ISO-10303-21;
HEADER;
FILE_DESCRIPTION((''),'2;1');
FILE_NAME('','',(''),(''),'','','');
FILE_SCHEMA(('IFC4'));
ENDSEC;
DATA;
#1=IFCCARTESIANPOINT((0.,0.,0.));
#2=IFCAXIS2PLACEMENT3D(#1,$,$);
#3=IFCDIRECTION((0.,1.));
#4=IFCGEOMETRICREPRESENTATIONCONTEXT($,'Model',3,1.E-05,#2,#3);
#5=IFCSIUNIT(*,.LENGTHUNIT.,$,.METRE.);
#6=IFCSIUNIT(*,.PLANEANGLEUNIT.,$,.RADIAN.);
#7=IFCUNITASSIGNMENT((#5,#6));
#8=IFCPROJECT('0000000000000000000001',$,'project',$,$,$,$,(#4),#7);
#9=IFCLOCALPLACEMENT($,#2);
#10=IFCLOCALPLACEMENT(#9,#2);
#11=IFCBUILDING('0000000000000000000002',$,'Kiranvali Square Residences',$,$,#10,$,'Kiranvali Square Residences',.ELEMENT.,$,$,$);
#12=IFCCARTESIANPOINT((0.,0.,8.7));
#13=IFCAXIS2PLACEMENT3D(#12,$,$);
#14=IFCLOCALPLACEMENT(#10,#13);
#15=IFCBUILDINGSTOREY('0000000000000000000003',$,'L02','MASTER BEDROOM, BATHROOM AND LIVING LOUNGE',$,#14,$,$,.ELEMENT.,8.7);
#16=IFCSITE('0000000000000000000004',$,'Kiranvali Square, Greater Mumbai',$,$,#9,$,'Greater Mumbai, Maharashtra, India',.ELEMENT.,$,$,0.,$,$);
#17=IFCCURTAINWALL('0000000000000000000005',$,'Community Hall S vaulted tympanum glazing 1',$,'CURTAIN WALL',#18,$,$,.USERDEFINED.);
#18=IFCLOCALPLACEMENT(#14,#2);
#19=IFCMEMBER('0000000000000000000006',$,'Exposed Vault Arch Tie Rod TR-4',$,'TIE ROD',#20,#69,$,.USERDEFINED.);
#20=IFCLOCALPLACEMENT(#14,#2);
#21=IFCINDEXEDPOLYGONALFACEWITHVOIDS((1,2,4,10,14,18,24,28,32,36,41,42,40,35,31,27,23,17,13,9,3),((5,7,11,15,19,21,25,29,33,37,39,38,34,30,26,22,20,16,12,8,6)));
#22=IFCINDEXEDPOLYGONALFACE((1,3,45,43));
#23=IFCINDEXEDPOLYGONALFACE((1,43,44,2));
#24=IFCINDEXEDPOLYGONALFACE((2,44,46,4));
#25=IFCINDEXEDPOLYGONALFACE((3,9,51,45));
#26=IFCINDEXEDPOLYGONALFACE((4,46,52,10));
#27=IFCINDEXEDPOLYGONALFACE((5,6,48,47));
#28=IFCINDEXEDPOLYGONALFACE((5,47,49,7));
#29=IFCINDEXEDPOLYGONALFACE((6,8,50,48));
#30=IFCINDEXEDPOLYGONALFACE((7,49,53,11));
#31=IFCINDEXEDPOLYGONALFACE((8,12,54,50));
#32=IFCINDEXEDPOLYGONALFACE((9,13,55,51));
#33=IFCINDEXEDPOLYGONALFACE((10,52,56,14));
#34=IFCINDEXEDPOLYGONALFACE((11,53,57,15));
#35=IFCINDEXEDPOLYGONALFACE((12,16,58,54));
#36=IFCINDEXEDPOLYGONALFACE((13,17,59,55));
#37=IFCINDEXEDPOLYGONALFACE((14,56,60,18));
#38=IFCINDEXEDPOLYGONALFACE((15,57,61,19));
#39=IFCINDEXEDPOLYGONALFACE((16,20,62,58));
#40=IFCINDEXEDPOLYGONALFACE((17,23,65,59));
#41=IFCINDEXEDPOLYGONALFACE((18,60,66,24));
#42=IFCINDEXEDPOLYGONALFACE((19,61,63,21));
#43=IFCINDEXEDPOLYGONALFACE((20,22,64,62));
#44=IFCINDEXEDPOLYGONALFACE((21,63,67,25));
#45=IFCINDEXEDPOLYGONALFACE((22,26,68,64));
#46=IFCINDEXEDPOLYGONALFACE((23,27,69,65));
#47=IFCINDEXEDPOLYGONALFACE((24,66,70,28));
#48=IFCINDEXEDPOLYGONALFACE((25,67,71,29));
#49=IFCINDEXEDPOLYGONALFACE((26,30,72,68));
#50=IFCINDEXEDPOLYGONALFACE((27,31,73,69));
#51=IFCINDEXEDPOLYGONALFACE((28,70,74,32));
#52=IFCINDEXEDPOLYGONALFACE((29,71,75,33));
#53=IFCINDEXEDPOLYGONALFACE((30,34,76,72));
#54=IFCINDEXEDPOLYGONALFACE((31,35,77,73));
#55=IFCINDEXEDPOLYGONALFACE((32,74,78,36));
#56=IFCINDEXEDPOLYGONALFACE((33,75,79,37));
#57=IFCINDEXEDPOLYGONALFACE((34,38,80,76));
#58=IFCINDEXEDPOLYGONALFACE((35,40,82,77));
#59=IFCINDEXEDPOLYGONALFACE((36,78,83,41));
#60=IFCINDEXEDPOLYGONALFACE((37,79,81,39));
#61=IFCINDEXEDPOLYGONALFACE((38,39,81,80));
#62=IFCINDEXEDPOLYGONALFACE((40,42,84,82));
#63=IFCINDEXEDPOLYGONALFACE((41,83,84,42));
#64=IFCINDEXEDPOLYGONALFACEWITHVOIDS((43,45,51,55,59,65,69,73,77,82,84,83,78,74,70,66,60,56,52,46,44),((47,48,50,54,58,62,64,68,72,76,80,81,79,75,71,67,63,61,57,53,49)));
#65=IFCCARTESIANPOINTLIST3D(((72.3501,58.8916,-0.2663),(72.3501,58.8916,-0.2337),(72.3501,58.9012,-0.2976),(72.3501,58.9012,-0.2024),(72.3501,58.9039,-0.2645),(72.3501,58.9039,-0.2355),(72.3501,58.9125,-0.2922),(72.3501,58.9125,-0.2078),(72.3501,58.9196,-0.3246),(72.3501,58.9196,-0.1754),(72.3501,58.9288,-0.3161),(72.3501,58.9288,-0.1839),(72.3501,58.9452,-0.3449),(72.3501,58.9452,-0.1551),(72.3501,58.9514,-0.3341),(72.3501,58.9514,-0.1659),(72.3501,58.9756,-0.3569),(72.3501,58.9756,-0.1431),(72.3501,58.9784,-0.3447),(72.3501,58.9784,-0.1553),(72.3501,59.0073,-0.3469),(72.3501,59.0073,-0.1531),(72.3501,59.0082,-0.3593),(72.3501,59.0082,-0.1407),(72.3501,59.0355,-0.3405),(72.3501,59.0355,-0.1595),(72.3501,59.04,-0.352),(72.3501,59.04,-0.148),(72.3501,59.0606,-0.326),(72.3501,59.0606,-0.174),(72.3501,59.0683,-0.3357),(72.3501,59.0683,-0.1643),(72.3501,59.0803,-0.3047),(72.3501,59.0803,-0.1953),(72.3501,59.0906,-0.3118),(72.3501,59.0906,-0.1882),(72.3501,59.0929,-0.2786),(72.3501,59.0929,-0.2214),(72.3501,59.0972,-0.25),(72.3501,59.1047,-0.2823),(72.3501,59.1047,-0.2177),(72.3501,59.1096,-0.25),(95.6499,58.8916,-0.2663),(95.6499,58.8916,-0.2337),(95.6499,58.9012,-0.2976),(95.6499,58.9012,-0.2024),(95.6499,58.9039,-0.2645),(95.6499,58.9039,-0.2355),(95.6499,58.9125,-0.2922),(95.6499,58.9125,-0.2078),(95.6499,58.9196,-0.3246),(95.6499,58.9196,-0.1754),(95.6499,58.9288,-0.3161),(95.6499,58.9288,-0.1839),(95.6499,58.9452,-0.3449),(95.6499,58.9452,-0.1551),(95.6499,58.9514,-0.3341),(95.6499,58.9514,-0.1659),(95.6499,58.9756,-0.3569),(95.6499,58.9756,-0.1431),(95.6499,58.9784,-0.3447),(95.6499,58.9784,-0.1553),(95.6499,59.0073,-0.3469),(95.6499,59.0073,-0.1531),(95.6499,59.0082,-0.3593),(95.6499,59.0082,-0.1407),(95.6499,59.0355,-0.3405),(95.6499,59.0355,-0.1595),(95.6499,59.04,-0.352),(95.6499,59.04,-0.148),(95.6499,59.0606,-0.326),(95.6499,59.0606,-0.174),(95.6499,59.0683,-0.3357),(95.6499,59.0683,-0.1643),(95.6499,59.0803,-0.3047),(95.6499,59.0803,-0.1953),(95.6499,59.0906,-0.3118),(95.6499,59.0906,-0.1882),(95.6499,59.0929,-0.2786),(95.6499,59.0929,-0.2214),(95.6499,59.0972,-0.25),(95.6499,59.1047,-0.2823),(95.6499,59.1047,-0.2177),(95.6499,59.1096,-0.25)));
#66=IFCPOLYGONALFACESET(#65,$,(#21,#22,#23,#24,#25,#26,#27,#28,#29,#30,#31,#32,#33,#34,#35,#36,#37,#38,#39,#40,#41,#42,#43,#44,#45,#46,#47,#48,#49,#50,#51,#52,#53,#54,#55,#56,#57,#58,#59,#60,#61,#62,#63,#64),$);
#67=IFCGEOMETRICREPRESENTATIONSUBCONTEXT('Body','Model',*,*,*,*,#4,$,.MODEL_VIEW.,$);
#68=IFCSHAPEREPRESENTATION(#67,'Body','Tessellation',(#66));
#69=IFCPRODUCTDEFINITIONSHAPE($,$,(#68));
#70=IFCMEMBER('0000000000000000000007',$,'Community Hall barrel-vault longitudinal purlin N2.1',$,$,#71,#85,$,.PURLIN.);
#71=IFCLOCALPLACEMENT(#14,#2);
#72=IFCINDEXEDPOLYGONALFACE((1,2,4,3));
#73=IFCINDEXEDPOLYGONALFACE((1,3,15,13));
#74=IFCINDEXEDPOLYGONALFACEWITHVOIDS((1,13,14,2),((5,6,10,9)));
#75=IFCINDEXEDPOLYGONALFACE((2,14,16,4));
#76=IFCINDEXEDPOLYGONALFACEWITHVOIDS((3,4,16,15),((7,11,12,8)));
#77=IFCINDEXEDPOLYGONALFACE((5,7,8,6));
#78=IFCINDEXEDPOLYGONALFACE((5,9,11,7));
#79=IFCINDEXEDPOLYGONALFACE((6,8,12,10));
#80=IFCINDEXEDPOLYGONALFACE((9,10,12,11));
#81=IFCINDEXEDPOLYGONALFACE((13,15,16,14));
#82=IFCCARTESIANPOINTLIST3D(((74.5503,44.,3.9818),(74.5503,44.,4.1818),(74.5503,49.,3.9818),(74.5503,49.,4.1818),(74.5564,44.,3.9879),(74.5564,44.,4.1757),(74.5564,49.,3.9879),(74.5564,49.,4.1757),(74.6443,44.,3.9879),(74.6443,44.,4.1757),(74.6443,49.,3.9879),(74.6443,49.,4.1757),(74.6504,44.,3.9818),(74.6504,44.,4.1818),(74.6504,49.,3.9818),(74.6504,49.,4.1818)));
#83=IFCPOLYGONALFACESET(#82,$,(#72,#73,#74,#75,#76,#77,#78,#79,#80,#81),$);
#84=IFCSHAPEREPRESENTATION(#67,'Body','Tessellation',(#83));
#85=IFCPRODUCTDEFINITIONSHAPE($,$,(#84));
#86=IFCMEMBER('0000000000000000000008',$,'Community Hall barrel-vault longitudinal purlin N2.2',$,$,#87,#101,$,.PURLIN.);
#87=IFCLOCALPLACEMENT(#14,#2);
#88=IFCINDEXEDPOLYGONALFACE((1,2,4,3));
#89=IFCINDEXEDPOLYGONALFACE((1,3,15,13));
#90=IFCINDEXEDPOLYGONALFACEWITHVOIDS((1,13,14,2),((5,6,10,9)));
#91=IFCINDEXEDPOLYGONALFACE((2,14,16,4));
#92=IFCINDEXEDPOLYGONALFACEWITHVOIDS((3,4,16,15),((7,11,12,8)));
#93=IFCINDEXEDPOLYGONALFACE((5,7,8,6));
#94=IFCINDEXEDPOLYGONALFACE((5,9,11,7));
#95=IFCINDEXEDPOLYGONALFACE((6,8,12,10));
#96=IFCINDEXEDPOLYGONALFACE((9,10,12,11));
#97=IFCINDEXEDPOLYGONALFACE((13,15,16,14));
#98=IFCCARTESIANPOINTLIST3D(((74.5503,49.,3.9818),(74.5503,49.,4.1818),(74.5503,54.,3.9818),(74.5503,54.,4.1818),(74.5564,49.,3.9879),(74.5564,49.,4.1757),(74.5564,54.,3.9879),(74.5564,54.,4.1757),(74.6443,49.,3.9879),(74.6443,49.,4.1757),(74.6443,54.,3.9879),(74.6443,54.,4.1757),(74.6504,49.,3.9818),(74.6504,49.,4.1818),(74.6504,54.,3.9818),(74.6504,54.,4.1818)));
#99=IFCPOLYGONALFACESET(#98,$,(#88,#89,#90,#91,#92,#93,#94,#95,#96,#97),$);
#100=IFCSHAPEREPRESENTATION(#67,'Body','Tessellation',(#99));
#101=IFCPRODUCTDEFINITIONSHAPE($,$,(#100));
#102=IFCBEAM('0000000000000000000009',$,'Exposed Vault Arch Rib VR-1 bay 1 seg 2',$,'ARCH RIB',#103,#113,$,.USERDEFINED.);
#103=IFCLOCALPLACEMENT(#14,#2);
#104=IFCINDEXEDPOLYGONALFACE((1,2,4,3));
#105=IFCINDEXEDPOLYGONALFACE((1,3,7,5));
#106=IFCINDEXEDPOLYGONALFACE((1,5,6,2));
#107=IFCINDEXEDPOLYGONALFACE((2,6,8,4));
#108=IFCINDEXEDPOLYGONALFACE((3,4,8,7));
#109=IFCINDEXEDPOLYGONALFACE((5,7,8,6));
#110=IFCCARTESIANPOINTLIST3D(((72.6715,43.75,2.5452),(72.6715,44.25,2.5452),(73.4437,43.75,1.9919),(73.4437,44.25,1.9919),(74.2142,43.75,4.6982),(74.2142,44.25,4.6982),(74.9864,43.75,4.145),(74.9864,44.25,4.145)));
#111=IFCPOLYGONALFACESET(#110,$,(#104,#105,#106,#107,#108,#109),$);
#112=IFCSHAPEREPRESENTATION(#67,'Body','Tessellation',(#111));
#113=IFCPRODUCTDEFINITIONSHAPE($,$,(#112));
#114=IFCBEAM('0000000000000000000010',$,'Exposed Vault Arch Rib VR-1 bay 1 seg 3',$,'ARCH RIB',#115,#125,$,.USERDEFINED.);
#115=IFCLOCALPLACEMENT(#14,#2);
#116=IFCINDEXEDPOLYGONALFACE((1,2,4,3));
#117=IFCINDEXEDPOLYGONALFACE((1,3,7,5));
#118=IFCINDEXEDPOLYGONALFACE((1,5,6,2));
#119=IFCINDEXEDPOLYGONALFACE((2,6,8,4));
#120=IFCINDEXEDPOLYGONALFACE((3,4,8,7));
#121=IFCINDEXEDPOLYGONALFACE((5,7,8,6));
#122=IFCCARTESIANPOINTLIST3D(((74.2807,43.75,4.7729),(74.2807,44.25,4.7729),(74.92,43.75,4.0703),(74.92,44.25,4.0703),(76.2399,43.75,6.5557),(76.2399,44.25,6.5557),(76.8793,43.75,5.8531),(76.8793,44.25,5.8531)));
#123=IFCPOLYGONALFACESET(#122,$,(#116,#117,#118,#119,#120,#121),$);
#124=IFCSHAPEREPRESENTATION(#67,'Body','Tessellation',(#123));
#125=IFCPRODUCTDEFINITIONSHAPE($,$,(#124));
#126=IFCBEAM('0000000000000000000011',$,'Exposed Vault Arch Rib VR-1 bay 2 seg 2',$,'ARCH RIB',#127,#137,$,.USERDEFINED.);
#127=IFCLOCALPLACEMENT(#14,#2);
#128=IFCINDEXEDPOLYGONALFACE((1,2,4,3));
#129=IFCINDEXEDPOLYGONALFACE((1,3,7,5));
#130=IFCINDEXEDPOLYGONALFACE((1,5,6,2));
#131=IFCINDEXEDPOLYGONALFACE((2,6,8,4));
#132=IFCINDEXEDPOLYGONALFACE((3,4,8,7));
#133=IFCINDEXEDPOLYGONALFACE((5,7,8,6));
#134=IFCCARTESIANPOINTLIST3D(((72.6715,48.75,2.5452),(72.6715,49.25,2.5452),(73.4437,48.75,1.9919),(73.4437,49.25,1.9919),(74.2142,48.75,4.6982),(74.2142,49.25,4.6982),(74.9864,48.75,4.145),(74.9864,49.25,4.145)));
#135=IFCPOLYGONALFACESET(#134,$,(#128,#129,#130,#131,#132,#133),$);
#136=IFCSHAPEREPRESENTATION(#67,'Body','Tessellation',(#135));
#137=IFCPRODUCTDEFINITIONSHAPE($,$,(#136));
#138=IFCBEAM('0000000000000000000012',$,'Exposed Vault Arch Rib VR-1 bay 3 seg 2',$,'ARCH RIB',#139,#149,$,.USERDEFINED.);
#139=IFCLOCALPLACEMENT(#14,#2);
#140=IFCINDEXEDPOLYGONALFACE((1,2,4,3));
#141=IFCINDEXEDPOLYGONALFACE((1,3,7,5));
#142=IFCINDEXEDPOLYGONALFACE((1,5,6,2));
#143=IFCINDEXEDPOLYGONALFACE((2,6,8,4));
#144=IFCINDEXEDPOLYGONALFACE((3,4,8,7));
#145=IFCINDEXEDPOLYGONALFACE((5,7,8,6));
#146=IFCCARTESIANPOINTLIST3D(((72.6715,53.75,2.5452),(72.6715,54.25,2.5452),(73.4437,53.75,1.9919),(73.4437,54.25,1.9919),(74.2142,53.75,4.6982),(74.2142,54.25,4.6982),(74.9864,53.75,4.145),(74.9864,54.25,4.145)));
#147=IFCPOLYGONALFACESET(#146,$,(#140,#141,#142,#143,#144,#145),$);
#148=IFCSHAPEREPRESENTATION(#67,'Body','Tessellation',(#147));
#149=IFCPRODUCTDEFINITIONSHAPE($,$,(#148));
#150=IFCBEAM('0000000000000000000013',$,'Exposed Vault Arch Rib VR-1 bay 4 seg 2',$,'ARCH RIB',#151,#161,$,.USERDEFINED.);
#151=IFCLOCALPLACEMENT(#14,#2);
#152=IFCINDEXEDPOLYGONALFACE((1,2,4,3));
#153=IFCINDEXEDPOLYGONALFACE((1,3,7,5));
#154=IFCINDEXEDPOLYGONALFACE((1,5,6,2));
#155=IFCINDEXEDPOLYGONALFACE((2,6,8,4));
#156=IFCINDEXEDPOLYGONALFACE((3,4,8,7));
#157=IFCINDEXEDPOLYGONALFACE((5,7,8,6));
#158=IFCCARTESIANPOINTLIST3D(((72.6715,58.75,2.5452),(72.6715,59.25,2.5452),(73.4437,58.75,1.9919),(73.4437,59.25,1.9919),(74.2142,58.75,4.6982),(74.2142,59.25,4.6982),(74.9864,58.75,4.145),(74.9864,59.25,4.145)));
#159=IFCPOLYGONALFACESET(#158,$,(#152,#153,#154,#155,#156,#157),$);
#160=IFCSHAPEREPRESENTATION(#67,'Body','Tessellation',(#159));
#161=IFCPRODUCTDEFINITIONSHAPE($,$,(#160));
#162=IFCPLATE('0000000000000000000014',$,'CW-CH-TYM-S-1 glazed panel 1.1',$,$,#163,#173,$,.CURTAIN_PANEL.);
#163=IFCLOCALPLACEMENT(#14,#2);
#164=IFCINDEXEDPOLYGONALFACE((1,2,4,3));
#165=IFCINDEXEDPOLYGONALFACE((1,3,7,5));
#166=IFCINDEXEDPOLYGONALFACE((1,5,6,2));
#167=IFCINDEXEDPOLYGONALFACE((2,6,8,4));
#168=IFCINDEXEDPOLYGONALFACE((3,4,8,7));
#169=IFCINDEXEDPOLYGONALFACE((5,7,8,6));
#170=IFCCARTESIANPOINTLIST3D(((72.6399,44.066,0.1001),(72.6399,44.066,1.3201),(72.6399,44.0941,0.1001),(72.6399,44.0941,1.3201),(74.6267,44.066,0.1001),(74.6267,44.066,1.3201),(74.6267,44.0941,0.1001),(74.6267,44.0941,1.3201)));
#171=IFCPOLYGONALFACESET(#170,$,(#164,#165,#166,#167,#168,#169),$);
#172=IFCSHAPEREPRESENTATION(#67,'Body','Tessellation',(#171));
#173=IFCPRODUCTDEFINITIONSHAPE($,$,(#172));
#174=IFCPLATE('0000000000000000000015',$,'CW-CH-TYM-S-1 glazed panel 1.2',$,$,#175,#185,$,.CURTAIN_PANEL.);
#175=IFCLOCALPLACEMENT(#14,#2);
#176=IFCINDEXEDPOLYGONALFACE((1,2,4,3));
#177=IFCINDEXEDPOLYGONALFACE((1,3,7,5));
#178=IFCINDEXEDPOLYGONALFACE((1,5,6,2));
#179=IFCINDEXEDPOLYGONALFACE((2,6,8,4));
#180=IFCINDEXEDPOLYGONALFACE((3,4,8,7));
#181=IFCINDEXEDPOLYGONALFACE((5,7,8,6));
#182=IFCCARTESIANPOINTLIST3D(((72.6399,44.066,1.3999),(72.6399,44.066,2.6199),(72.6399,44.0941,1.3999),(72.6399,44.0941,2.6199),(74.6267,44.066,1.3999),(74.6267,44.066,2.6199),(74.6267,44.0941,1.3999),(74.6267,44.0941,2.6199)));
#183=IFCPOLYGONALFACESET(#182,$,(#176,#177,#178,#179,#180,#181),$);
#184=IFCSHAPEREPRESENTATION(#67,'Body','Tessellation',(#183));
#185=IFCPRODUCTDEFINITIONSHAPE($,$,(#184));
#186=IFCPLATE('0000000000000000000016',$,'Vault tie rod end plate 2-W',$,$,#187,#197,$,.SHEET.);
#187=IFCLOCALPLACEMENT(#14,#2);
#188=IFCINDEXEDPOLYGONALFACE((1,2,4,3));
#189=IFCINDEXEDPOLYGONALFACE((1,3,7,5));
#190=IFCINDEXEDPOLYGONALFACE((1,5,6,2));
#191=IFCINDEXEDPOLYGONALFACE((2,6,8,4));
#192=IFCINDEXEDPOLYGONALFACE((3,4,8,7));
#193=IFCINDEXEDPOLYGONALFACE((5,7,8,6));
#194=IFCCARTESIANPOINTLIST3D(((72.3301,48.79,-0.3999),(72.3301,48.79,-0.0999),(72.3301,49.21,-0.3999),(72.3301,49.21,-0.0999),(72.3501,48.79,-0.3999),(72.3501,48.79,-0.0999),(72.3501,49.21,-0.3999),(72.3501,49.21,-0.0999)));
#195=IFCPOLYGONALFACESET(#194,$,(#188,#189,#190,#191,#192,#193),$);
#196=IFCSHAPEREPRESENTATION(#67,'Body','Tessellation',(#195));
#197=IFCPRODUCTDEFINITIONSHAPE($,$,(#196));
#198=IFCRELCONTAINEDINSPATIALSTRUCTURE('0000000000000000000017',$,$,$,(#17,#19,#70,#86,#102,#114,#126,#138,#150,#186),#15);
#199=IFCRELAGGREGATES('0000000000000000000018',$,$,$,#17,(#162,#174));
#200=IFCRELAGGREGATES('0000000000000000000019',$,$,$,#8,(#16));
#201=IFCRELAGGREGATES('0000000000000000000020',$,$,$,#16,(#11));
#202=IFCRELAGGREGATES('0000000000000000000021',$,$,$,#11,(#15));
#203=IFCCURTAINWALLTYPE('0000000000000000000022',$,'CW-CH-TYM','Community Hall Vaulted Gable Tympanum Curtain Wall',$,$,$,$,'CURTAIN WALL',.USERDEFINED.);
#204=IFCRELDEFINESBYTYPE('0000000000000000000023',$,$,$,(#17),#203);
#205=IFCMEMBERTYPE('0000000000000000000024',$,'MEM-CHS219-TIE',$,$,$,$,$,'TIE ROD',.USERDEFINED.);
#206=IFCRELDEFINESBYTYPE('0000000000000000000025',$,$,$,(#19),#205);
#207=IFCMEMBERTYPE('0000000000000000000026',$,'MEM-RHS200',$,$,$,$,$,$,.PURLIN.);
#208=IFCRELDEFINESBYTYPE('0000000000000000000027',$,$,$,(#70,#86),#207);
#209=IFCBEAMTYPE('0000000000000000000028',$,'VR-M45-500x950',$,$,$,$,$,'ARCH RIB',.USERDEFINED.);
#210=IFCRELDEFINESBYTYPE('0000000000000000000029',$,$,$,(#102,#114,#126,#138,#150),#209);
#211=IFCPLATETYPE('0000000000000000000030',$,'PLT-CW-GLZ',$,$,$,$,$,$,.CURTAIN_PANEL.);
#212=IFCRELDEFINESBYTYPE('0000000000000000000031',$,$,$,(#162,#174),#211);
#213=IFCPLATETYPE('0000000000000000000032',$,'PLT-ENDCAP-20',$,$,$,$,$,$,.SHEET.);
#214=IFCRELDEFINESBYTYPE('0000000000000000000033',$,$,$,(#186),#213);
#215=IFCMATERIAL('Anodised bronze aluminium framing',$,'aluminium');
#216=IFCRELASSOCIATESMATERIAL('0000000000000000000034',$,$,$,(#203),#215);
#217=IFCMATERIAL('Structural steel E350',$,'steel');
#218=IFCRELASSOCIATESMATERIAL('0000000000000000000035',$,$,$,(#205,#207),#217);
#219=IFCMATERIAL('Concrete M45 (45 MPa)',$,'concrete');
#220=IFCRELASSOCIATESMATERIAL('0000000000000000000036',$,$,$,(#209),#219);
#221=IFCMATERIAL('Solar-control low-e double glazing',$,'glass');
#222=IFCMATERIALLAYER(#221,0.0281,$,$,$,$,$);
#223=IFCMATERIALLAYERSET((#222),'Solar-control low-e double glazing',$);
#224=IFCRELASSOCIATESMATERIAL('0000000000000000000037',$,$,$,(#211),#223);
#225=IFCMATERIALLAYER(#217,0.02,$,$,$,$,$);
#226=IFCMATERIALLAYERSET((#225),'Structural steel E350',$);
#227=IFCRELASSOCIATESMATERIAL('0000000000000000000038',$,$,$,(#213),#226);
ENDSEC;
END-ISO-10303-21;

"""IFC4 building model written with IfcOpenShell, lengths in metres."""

from ifc_helpers import new_model, si_unit, direction, frame, origin, origin_2d, place, context, subcontext, project, spatial, rectangle, hollow_rectangle, hollow_circle, extrude, material, layer, layer_set, material_profile, profile_set, type_object, element, aggregate, save


model = new_model("IFC4")

# Units and contexts
model_context = context("Model", 3, precision=1e-05, world=origin(), true_north=direction((0.0, 1.0)))
body_context = subcontext(model_context, "Body", "Model", "MODEL_VIEW")
ifc_project = project(units=[si_unit("LENGTHUNIT", "METRE"), si_unit("PLANEANGLEUNIT", "RADIAN")], contexts=[model_context])

# Site, building, storey
site_placement = place(None, origin())
site = spatial("IfcSite", under=ifc_project, at=site_placement, Name="Kiranvali Square, Greater Mumbai", LongName="Greater Mumbai, Maharashtra, India", CompositionType="ELEMENT", RefElevation=0.0)
building_placement = place(site_placement, origin())
building = spatial("IfcBuilding", under=site, at=building_placement, Name="Kiranvali Square Residences", LongName="Kiranvali Square Residences", CompositionType="ELEMENT")
storey_placement = place(building_placement, frame((0.0, 0.0, 8.7)))
storey = spatial("IfcBuildingStorey", under=building, at=storey_placement, Name="L02", Description="MASTER BEDROOM, BATHROOM AND LIVING LOUNGE", CompositionType="ELEMENT", Elevation=8.7)

# Curtain wall
ifc_material_1 = material(Name="Anodised bronze aluminium framing", Category="aluminium")
curtain_wall_type = type_object("IfcCurtainWallType", Name="CW-CH-TYM", Description="Community Hall Vaulted Gable Tympanum Curtain Wall", ElementType="CURTAIN WALL", PredefinedType="USERDEFINED", material=ifc_material_1)
curtain_wall_placement = place(storey_placement, origin())
curtain_wall = element("IfcCurtainWall", 1, at=curtain_wall_placement, inside=storey, type_object=curtain_wall_type, Name="Community Hall S vaulted tympanum glazing 1", ObjectType="CURTAIN WALL", PredefinedType="USERDEFINED")

# Members
ifc_material_2 = material(Name="Structural steel E350", Category="steel")
ifc_material_profile_1 = material_profile(ifc_material_2, hollow_circle(Radius=0.1096, WallThickness=0.0125, at=origin_2d()), Name="CHS 219.1x12.5")
ifc_profile_set_1 = profile_set([ifc_material_profile_1], Name="Structural steel E350")
member_type_1 = type_object("IfcMemberType", Name="MEM-CHS219-TIE", ElementType="TIE ROD", PredefinedType="USERDEFINED", material=ifc_profile_set_1)
for number, where, z_axis, x_axis, name in (
    (2, (72.3501, 59.0, -0.25), (1.0, 0.0, 0.0), (0.0, 1.0, 0.0), "Exposed Vault Arch Tie Rod TR-4"),
):
    element("IfcMember", number, at=place(storey_placement, frame(where, z_axis=z_axis, x_axis=x_axis)), inside=storey, type_object=member_type_1, Name=name, ObjectType="TIE ROD", PredefinedType="USERDEFINED", context=body_context, shape_type="SweptSolid", body=[
        extrude(hollow_circle(Radius=0.1096, WallThickness=0.0125, at=origin_2d()), origin(), (0.0, 0.0, 1.0), 23.2998),
    ])
ifc_material_profile_2 = material_profile(ifc_material_2, hollow_rectangle(XDim=0.1001, YDim=0.2, WallThickness=0.0061, at=origin_2d()), Name="RHS 200x100x6.0")
ifc_profile_set_2 = profile_set([ifc_material_profile_2], Name="Structural steel E350")
member_type_2 = type_object("IfcMemberType", Name="MEM-RHS200", PredefinedType="PURLIN", material=ifc_profile_set_2)
for number, where, z_axis, x_axis, name in (
    (3, (74.6003, 44.0, 4.0818), (0.0, 1.0, 0.0), (-1.0, 0.0, 0.0), "Community Hall barrel-vault longitudinal purlin N2.1"),
    (4, (74.6003, 49.0, 4.0818), (0.0, 1.0, 0.0), (-1.0, 0.0, 0.0), "Community Hall barrel-vault longitudinal purlin N2.2"),
):
    element("IfcMember", number, at=place(storey_placement, frame(where, z_axis=z_axis, x_axis=x_axis)), inside=storey, type_object=member_type_2, Name=name, PredefinedType="PURLIN", context=body_context, shape_type="SweptSolid", body=[
        extrude(hollow_rectangle(XDim=0.1001, YDim=0.2, WallThickness=0.0061, at=origin_2d()), origin(), (0.0, 0.0, 1.0), 5.0),
    ])

# Beams
ifc_material_3 = material(Name="Concrete M45 (45 MPa)", Category="concrete")
ifc_material_profile_3 = material_profile(ifc_material_3, rectangle(XDim=0.5, YDim=0.95, at=origin_2d()), Name="RC 500x950")
ifc_profile_set_3 = profile_set([ifc_material_profile_3], Name="Concrete M45 (45 MPa)")
beam_type = type_object("IfcBeamType", Name="VR-M45-500x950", ElementType="ARCH RIB", PredefinedType="USERDEFINED", material=ifc_profile_set_3)
beam_1_placement = place(storey_placement, frame((73.0576, 44.0, 2.2686), z_axis=(0.582441, 0.0, 0.812873), x_axis=(0.0, 1.0, 0.0)))
element("IfcBeam", 5, at=beam_1_placement, inside=storey, type_object=beam_type, Name="Exposed Vault Arch Rib VR-1 bay 1 seg 2", ObjectType="ARCH RIB", PredefinedType="USERDEFINED", context=body_context, shape_type="SweptSolid", body=[
    extrude(rectangle(XDim=0.5, YDim=0.95, at=origin_2d()), origin(), (0.0, 0.0, 1.0), 2.6487),
])
beam_2_placement = place(storey_placement, frame((74.6003, 44.0, 4.4216), z_axis=(0.73964, 0.0, 0.673003), x_axis=(0.0, 1.0, 0.0)))
element("IfcBeam", 6, at=beam_2_placement, inside=storey, type_object=beam_type, Name="Exposed Vault Arch Rib VR-1 bay 1 seg 3", ObjectType="ARCH RIB", PredefinedType="USERDEFINED", context=body_context, shape_type="SweptSolid", body=[
    extrude(rectangle(XDim=0.5, YDim=0.95, at=origin_2d()), origin(), (0.0, 0.0, 1.0), 2.6489),
])
for number, where, z_axis, x_axis, name in (
    (7, (73.0576, 49.0, 2.2686), (0.582441, 0.0, 0.812873), (0.0, 1.0, 0.0), "Exposed Vault Arch Rib VR-1 bay 2 seg 2"),
    (8, (73.0576, 54.0, 2.2686), (0.582441, 0.0, 0.812873), (0.0, 1.0, 0.0), "Exposed Vault Arch Rib VR-1 bay 3 seg 2"),
    (9, (73.0576, 59.0, 2.2686), (0.582441, 0.0, 0.812873), (0.0, 1.0, 0.0), "Exposed Vault Arch Rib VR-1 bay 4 seg 2"),
):
    element("IfcBeam", number, at=place(storey_placement, frame(where, z_axis=z_axis, x_axis=x_axis)), inside=storey, type_object=beam_type, Name=name, ObjectType="ARCH RIB", PredefinedType="USERDEFINED", context=body_context, shape_type="SweptSolid", body=[
        extrude(rectangle(XDim=0.5, YDim=0.95, at=origin_2d()), origin(), (0.0, 0.0, 1.0), 2.6487),
    ])

# Plates
ifc_material_4 = material(Name="Solar-control low-e double glazing", Category="glass")
ifc_layer_1 = layer(ifc_material_4, 0.0281)
ifc_layer_set_1 = layer_set([ifc_layer_1], Name="Solar-control low-e double glazing")
plate_type_1 = type_object("IfcPlateType", Name="PLT-CW-GLZ", PredefinedType="CURTAIN_PANEL", material=ifc_layer_set_1)
plate_1_placement = place(storey_placement, frame((73.6333, 44.0801, 0.1001), z_axis=(0.0, 0.0, 1.0), x_axis=(1.0, 0.0, 0.0)))
plate_1 = element("IfcPlate", 10, at=plate_1_placement, type_object=plate_type_1, Name="CW-CH-TYM-S-1 glazed panel 1.1", PredefinedType="CURTAIN_PANEL", context=body_context, shape_type="SweptSolid", body=[
    extrude(rectangle(XDim=1.9868, YDim=0.0281, at=origin_2d()), origin(), (0.0, 0.0, 1.0), 1.22),
])
plate_2_placement = place(storey_placement, frame((73.6333, 44.0801, 1.3999), z_axis=(0.0, 0.0, 1.0), x_axis=(1.0, 0.0, 0.0)))
plate_2 = element("IfcPlate", 11, at=plate_2_placement, type_object=plate_type_1, Name="CW-CH-TYM-S-1 glazed panel 1.2", PredefinedType="CURTAIN_PANEL", context=body_context, shape_type="SweptSolid", body=[
    extrude(rectangle(XDim=1.9868, YDim=0.0281, at=origin_2d()), origin(), (0.0, 0.0, 1.0), 1.22),
])
aggregate(curtain_wall, [plate_1, plate_2])

# Plate
ifc_layer_2 = layer(ifc_material_2, 0.02)
ifc_layer_set_2 = layer_set([ifc_layer_2], Name="Structural steel E350")
plate_type_2 = type_object("IfcPlateType", Name="PLT-ENDCAP-20", PredefinedType="SHEET", material=ifc_layer_set_2)
for number, where, z_axis, x_axis, name in (
    (12, (72.3401, 49.0, -0.3999), (0.0, 0.0, 1.0), (1.0, 0.0, 0.0), "Vault tie rod end plate 2-W"),
):
    element("IfcPlate", number, at=place(storey_placement, frame(where, z_axis=z_axis, x_axis=x_axis)), inside=storey, type_object=plate_type_2, Name=name, PredefinedType="SHEET", context=body_context, shape_type="SweptSolid", body=[
        extrude(rectangle(XDim=0.02, YDim=0.4199, at=origin_2d()), origin(), (0.0, 0.0, 1.0), 0.3),
    ])

save(model, "model.ifc")
